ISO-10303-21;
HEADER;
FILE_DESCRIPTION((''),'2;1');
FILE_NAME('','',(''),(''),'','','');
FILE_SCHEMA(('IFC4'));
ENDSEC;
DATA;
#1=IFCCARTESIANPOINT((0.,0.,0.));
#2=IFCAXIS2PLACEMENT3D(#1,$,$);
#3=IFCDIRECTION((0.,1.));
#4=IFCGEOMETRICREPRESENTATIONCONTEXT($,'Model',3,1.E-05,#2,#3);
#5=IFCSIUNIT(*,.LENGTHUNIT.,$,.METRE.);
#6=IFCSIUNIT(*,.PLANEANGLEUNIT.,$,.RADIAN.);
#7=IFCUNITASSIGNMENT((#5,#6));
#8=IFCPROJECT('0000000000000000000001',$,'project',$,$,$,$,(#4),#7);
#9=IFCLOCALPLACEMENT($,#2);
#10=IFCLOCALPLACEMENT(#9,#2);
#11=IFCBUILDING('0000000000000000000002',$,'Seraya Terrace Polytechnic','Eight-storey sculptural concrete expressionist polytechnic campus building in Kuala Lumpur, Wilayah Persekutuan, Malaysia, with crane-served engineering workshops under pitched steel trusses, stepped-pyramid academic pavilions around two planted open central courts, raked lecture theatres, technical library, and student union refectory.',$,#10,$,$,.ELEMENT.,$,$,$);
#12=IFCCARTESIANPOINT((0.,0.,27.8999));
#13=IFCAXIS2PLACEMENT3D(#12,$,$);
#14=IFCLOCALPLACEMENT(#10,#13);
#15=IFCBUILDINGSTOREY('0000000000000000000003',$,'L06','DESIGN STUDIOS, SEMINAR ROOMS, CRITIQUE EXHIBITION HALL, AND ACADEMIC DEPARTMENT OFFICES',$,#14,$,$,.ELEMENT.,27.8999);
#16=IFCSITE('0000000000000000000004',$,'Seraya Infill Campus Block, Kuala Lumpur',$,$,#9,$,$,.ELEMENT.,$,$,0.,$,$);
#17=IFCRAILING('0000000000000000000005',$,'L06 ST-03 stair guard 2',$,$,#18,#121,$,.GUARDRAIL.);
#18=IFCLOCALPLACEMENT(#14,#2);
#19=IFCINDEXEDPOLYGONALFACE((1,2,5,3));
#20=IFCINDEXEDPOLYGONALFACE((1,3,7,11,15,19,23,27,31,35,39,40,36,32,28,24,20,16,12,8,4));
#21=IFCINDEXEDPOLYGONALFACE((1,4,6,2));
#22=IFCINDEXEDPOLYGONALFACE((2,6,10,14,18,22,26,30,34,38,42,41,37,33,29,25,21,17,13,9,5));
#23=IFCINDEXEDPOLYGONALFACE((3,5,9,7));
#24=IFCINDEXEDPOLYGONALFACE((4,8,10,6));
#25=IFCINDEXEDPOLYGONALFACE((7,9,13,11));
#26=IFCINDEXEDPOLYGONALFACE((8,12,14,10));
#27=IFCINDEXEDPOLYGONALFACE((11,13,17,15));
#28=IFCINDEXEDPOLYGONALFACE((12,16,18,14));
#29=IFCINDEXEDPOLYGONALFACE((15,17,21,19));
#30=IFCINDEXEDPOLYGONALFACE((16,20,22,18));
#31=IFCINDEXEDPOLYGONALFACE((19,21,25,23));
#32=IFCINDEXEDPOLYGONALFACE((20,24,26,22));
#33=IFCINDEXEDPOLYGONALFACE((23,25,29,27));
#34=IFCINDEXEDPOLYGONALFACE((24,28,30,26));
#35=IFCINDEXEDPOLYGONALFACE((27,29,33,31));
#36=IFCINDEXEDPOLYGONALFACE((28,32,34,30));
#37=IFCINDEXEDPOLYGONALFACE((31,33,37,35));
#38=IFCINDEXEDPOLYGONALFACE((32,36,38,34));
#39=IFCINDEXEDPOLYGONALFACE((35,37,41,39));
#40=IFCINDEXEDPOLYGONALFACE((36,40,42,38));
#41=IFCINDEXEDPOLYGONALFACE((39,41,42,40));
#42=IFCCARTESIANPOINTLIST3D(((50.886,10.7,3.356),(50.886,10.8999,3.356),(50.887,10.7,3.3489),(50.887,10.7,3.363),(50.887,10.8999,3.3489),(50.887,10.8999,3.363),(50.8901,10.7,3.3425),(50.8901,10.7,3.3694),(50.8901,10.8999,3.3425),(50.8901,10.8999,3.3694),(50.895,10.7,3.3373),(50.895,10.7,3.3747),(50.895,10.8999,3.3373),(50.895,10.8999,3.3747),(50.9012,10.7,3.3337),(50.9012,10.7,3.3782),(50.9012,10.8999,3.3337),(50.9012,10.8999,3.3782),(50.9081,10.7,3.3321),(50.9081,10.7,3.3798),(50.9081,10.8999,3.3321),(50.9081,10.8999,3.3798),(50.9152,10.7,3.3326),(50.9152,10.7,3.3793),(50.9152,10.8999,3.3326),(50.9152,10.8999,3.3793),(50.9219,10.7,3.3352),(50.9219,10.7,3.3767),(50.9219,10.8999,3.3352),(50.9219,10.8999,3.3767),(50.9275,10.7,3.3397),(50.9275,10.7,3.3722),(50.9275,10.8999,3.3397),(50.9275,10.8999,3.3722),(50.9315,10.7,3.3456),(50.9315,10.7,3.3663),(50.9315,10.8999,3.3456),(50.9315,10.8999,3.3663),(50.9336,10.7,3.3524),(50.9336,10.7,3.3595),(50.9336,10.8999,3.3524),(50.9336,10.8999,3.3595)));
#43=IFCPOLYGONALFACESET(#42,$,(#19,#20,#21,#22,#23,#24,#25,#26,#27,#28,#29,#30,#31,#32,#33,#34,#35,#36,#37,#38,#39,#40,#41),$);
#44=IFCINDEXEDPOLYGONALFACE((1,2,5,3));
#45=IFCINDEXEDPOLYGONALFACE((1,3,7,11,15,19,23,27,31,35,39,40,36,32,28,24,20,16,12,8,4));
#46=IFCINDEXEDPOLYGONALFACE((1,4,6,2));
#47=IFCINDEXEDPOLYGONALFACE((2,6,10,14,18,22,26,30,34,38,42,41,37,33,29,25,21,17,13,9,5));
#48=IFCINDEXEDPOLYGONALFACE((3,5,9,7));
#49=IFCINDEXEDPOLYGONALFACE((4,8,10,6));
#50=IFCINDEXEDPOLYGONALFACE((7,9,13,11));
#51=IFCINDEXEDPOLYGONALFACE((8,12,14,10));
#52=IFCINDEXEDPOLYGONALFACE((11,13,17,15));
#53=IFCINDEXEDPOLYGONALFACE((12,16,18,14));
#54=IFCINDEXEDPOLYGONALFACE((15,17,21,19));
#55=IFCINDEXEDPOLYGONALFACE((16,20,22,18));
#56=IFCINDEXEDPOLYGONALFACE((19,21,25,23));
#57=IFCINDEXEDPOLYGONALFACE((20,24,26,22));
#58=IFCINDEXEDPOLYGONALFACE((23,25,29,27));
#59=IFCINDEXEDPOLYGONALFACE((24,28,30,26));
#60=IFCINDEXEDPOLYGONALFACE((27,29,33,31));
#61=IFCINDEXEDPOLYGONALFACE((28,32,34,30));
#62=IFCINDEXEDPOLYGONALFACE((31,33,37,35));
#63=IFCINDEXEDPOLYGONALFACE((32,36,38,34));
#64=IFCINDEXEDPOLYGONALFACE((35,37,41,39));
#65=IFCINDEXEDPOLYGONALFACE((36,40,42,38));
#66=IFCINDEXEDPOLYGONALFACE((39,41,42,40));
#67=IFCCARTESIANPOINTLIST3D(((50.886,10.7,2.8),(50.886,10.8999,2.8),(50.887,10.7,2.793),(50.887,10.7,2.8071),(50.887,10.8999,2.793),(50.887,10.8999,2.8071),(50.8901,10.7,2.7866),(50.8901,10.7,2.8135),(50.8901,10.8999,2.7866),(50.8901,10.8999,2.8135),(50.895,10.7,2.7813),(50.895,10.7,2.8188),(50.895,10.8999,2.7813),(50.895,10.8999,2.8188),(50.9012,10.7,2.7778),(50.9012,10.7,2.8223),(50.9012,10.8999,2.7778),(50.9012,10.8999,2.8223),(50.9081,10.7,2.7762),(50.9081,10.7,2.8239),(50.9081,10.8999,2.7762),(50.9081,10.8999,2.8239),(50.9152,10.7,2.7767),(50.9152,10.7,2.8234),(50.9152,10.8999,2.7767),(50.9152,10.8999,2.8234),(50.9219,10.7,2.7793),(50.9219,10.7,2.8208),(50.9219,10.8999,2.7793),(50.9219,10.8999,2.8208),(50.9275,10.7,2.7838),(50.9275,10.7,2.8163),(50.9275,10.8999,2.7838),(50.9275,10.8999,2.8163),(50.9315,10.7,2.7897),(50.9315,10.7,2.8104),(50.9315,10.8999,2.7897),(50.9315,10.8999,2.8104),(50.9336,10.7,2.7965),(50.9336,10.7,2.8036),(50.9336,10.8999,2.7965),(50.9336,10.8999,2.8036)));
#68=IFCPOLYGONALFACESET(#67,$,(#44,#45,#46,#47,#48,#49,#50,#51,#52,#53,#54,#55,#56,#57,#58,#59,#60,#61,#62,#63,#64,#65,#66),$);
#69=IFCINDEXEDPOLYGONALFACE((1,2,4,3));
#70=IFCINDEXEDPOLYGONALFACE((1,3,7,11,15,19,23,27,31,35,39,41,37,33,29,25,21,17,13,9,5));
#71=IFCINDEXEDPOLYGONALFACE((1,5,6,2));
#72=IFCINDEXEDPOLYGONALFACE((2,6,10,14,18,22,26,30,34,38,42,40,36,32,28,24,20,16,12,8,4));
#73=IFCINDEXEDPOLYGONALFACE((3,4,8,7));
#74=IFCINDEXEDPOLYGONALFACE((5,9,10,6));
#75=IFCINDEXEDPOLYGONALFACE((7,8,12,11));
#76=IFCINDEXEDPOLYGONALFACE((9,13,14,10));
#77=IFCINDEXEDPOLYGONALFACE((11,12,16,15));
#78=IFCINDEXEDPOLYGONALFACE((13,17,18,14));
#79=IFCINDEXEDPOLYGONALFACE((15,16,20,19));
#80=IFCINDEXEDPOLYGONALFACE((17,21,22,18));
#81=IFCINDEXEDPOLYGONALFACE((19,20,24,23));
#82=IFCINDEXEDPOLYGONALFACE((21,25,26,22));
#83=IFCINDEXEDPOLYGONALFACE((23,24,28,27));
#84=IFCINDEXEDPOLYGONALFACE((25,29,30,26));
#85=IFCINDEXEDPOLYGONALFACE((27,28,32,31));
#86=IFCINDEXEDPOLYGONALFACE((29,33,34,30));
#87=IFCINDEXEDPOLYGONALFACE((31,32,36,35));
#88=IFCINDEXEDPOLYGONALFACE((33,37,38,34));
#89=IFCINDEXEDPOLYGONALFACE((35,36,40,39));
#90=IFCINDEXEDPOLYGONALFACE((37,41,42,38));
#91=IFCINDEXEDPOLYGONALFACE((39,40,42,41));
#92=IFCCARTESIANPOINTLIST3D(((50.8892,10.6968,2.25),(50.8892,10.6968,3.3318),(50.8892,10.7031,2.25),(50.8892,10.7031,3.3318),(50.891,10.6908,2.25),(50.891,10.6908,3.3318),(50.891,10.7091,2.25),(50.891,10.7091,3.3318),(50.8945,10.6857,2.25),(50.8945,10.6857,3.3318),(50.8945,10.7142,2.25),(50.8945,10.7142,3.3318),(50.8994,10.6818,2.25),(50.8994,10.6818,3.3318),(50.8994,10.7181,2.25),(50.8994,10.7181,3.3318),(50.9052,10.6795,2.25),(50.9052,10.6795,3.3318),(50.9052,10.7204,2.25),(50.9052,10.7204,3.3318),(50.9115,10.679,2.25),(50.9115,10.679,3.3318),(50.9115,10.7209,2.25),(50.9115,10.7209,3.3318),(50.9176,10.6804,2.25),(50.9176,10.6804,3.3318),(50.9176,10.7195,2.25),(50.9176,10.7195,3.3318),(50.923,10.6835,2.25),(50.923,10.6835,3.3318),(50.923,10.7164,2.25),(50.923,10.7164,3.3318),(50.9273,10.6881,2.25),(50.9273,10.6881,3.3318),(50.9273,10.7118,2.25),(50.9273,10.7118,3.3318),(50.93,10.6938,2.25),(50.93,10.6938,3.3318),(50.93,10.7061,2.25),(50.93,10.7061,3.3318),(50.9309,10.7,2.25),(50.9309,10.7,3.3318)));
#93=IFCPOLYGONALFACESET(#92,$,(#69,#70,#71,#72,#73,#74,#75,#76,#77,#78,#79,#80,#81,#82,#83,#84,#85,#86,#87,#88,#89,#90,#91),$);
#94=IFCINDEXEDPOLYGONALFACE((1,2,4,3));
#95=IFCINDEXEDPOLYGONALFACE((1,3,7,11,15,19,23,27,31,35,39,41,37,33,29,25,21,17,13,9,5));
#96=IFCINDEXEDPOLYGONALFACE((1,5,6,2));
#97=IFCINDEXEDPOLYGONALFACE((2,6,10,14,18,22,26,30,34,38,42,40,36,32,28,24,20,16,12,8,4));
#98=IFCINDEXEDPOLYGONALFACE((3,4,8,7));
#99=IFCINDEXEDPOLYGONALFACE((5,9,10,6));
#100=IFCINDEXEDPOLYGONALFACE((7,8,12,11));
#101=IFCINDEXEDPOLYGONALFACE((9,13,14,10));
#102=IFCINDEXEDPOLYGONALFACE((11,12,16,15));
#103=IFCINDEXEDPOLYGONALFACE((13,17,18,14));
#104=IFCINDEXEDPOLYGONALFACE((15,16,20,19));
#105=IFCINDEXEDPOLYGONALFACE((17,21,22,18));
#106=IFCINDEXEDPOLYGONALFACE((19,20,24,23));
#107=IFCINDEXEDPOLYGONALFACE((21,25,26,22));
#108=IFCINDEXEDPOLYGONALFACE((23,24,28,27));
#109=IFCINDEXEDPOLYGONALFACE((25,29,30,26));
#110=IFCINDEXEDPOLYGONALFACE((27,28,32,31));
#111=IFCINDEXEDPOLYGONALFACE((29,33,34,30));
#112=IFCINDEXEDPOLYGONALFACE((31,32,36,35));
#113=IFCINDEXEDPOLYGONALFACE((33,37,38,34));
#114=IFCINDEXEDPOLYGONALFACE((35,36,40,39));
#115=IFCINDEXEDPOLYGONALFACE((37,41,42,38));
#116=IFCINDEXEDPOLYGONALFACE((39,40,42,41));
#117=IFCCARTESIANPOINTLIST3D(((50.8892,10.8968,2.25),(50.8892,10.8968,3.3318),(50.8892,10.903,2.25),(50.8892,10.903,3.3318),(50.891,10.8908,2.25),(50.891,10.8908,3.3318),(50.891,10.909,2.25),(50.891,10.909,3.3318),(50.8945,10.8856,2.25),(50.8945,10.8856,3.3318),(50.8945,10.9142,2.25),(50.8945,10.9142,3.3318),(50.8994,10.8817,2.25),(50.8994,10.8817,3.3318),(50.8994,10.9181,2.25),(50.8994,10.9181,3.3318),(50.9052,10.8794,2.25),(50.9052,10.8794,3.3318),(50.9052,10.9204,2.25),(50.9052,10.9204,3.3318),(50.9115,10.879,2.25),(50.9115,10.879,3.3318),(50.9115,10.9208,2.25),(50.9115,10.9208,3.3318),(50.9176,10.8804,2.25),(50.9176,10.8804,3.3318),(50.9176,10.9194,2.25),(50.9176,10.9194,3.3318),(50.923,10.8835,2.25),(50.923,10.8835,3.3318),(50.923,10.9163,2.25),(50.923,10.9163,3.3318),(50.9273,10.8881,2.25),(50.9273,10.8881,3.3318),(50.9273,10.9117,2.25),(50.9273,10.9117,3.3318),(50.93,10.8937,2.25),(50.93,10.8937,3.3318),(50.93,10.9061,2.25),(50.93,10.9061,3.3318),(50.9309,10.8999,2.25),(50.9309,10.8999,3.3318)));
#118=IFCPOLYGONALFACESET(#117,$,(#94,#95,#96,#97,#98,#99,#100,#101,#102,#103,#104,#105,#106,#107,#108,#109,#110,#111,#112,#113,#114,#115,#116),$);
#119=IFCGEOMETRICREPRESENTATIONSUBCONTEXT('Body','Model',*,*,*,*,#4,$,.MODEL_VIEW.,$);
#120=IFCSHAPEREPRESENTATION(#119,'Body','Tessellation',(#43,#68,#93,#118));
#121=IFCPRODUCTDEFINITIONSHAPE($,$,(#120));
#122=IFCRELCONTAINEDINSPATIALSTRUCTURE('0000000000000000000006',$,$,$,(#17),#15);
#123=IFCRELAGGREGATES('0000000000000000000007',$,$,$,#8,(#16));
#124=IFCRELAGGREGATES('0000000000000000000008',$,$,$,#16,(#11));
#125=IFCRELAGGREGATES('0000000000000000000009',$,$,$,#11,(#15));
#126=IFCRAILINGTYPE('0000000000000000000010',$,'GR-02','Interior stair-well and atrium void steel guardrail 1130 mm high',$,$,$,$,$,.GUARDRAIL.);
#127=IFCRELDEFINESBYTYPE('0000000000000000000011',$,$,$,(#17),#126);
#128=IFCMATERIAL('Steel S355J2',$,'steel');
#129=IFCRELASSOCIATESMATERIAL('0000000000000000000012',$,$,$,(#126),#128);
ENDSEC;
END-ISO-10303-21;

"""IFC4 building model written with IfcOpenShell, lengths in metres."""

from ifc_helpers import new_model, si_unit, direction, frame, origin, origin_2d, place, context, subcontext, project, spatial, circle, extrude, material, type_object, element, save


model = new_model("IFC4")

# Units and contexts
model_context = context("Model", 3, precision=1e-05, world=origin(), true_north=direction((0.0, 1.0)))
body_context = subcontext(model_context, "Body", "Model", "MODEL_VIEW")
ifc_project = project(units=[si_unit("LENGTHUNIT", "METRE"), si_unit("PLANEANGLEUNIT", "RADIAN")], contexts=[model_context])

# Site, building, storey
site_placement = place(None, origin())
site = spatial("IfcSite", under=ifc_project, at=site_placement, Name="Seraya Infill Campus Block, Kuala Lumpur", CompositionType="ELEMENT", RefElevation=0.0)
building_placement = place(site_placement, origin())
building = spatial("IfcBuilding", under=site, at=building_placement, Name="Seraya Terrace Polytechnic", Description="Eight-storey sculptural concrete expressionist polytechnic campus building in Kuala Lumpur, Wilayah Persekutuan, Malaysia, with crane-served engineering workshops under pitched steel trusses, stepped-pyramid academic pavilions around two planted open central courts, raked lecture theatres, technical library, and student union refectory.", CompositionType="ELEMENT")
storey_placement = place(building_placement, frame((0.0, 0.0, 27.8999)))
storey = spatial("IfcBuildingStorey", under=building, at=storey_placement, Name="L06", Description="DESIGN STUDIOS, SEMINAR ROOMS, CRITIQUE EXHIBITION HALL, AND ACADEMIC DEPARTMENT OFFICES", CompositionType="ELEMENT", Elevation=27.8999)

# Railing
ifc_material_1 = material(Name="Steel S355J2", Category="steel")
railing_type_1 = type_object("IfcRailingType", Name="GR-02", Description="Interior stair-well and atrium void steel guardrail 1130 mm high", PredefinedType="GUARDRAIL", material=ifc_material_1)
railing_1_placement = place(storey_placement, frame((50.9099, 10.7, 2.25)))
element("IfcRailing", 1, at=railing_1_placement, inside=storey, type_object=railing_type_1, Name="L06 ST-03 stair guard 2", PredefinedType="GUARDRAIL", context=body_context, shape_type="SweptSolid", body=[
    extrude(circle(Radius=0.0239, at=origin_2d()), frame((0.0, 0.0, 1.106), z_axis=(0.0, 1.0, 0.0), x_axis=(-1.0, 0.0, 0.0)), (0.0, 0.0, 1.0), 0.2),
    extrude(circle(Radius=0.0239, at=origin_2d()), frame((0.0, 0.0, 0.55), z_axis=(0.0, 1.0, 0.0), x_axis=(-1.0, 0.0, 0.0)), (0.0, 0.0, 1.0), 0.2),
    extrude(circle(Radius=0.021, at=origin_2d()), origin(), (0.0, 0.0, 1.0), 1.0818),
    extrude(circle(Radius=0.021, at=origin_2d()), frame((0.0, 0.2, 0.0)), (0.0, 0.0, 1.0), 1.0818),
])

save(model, "model.ifc")
